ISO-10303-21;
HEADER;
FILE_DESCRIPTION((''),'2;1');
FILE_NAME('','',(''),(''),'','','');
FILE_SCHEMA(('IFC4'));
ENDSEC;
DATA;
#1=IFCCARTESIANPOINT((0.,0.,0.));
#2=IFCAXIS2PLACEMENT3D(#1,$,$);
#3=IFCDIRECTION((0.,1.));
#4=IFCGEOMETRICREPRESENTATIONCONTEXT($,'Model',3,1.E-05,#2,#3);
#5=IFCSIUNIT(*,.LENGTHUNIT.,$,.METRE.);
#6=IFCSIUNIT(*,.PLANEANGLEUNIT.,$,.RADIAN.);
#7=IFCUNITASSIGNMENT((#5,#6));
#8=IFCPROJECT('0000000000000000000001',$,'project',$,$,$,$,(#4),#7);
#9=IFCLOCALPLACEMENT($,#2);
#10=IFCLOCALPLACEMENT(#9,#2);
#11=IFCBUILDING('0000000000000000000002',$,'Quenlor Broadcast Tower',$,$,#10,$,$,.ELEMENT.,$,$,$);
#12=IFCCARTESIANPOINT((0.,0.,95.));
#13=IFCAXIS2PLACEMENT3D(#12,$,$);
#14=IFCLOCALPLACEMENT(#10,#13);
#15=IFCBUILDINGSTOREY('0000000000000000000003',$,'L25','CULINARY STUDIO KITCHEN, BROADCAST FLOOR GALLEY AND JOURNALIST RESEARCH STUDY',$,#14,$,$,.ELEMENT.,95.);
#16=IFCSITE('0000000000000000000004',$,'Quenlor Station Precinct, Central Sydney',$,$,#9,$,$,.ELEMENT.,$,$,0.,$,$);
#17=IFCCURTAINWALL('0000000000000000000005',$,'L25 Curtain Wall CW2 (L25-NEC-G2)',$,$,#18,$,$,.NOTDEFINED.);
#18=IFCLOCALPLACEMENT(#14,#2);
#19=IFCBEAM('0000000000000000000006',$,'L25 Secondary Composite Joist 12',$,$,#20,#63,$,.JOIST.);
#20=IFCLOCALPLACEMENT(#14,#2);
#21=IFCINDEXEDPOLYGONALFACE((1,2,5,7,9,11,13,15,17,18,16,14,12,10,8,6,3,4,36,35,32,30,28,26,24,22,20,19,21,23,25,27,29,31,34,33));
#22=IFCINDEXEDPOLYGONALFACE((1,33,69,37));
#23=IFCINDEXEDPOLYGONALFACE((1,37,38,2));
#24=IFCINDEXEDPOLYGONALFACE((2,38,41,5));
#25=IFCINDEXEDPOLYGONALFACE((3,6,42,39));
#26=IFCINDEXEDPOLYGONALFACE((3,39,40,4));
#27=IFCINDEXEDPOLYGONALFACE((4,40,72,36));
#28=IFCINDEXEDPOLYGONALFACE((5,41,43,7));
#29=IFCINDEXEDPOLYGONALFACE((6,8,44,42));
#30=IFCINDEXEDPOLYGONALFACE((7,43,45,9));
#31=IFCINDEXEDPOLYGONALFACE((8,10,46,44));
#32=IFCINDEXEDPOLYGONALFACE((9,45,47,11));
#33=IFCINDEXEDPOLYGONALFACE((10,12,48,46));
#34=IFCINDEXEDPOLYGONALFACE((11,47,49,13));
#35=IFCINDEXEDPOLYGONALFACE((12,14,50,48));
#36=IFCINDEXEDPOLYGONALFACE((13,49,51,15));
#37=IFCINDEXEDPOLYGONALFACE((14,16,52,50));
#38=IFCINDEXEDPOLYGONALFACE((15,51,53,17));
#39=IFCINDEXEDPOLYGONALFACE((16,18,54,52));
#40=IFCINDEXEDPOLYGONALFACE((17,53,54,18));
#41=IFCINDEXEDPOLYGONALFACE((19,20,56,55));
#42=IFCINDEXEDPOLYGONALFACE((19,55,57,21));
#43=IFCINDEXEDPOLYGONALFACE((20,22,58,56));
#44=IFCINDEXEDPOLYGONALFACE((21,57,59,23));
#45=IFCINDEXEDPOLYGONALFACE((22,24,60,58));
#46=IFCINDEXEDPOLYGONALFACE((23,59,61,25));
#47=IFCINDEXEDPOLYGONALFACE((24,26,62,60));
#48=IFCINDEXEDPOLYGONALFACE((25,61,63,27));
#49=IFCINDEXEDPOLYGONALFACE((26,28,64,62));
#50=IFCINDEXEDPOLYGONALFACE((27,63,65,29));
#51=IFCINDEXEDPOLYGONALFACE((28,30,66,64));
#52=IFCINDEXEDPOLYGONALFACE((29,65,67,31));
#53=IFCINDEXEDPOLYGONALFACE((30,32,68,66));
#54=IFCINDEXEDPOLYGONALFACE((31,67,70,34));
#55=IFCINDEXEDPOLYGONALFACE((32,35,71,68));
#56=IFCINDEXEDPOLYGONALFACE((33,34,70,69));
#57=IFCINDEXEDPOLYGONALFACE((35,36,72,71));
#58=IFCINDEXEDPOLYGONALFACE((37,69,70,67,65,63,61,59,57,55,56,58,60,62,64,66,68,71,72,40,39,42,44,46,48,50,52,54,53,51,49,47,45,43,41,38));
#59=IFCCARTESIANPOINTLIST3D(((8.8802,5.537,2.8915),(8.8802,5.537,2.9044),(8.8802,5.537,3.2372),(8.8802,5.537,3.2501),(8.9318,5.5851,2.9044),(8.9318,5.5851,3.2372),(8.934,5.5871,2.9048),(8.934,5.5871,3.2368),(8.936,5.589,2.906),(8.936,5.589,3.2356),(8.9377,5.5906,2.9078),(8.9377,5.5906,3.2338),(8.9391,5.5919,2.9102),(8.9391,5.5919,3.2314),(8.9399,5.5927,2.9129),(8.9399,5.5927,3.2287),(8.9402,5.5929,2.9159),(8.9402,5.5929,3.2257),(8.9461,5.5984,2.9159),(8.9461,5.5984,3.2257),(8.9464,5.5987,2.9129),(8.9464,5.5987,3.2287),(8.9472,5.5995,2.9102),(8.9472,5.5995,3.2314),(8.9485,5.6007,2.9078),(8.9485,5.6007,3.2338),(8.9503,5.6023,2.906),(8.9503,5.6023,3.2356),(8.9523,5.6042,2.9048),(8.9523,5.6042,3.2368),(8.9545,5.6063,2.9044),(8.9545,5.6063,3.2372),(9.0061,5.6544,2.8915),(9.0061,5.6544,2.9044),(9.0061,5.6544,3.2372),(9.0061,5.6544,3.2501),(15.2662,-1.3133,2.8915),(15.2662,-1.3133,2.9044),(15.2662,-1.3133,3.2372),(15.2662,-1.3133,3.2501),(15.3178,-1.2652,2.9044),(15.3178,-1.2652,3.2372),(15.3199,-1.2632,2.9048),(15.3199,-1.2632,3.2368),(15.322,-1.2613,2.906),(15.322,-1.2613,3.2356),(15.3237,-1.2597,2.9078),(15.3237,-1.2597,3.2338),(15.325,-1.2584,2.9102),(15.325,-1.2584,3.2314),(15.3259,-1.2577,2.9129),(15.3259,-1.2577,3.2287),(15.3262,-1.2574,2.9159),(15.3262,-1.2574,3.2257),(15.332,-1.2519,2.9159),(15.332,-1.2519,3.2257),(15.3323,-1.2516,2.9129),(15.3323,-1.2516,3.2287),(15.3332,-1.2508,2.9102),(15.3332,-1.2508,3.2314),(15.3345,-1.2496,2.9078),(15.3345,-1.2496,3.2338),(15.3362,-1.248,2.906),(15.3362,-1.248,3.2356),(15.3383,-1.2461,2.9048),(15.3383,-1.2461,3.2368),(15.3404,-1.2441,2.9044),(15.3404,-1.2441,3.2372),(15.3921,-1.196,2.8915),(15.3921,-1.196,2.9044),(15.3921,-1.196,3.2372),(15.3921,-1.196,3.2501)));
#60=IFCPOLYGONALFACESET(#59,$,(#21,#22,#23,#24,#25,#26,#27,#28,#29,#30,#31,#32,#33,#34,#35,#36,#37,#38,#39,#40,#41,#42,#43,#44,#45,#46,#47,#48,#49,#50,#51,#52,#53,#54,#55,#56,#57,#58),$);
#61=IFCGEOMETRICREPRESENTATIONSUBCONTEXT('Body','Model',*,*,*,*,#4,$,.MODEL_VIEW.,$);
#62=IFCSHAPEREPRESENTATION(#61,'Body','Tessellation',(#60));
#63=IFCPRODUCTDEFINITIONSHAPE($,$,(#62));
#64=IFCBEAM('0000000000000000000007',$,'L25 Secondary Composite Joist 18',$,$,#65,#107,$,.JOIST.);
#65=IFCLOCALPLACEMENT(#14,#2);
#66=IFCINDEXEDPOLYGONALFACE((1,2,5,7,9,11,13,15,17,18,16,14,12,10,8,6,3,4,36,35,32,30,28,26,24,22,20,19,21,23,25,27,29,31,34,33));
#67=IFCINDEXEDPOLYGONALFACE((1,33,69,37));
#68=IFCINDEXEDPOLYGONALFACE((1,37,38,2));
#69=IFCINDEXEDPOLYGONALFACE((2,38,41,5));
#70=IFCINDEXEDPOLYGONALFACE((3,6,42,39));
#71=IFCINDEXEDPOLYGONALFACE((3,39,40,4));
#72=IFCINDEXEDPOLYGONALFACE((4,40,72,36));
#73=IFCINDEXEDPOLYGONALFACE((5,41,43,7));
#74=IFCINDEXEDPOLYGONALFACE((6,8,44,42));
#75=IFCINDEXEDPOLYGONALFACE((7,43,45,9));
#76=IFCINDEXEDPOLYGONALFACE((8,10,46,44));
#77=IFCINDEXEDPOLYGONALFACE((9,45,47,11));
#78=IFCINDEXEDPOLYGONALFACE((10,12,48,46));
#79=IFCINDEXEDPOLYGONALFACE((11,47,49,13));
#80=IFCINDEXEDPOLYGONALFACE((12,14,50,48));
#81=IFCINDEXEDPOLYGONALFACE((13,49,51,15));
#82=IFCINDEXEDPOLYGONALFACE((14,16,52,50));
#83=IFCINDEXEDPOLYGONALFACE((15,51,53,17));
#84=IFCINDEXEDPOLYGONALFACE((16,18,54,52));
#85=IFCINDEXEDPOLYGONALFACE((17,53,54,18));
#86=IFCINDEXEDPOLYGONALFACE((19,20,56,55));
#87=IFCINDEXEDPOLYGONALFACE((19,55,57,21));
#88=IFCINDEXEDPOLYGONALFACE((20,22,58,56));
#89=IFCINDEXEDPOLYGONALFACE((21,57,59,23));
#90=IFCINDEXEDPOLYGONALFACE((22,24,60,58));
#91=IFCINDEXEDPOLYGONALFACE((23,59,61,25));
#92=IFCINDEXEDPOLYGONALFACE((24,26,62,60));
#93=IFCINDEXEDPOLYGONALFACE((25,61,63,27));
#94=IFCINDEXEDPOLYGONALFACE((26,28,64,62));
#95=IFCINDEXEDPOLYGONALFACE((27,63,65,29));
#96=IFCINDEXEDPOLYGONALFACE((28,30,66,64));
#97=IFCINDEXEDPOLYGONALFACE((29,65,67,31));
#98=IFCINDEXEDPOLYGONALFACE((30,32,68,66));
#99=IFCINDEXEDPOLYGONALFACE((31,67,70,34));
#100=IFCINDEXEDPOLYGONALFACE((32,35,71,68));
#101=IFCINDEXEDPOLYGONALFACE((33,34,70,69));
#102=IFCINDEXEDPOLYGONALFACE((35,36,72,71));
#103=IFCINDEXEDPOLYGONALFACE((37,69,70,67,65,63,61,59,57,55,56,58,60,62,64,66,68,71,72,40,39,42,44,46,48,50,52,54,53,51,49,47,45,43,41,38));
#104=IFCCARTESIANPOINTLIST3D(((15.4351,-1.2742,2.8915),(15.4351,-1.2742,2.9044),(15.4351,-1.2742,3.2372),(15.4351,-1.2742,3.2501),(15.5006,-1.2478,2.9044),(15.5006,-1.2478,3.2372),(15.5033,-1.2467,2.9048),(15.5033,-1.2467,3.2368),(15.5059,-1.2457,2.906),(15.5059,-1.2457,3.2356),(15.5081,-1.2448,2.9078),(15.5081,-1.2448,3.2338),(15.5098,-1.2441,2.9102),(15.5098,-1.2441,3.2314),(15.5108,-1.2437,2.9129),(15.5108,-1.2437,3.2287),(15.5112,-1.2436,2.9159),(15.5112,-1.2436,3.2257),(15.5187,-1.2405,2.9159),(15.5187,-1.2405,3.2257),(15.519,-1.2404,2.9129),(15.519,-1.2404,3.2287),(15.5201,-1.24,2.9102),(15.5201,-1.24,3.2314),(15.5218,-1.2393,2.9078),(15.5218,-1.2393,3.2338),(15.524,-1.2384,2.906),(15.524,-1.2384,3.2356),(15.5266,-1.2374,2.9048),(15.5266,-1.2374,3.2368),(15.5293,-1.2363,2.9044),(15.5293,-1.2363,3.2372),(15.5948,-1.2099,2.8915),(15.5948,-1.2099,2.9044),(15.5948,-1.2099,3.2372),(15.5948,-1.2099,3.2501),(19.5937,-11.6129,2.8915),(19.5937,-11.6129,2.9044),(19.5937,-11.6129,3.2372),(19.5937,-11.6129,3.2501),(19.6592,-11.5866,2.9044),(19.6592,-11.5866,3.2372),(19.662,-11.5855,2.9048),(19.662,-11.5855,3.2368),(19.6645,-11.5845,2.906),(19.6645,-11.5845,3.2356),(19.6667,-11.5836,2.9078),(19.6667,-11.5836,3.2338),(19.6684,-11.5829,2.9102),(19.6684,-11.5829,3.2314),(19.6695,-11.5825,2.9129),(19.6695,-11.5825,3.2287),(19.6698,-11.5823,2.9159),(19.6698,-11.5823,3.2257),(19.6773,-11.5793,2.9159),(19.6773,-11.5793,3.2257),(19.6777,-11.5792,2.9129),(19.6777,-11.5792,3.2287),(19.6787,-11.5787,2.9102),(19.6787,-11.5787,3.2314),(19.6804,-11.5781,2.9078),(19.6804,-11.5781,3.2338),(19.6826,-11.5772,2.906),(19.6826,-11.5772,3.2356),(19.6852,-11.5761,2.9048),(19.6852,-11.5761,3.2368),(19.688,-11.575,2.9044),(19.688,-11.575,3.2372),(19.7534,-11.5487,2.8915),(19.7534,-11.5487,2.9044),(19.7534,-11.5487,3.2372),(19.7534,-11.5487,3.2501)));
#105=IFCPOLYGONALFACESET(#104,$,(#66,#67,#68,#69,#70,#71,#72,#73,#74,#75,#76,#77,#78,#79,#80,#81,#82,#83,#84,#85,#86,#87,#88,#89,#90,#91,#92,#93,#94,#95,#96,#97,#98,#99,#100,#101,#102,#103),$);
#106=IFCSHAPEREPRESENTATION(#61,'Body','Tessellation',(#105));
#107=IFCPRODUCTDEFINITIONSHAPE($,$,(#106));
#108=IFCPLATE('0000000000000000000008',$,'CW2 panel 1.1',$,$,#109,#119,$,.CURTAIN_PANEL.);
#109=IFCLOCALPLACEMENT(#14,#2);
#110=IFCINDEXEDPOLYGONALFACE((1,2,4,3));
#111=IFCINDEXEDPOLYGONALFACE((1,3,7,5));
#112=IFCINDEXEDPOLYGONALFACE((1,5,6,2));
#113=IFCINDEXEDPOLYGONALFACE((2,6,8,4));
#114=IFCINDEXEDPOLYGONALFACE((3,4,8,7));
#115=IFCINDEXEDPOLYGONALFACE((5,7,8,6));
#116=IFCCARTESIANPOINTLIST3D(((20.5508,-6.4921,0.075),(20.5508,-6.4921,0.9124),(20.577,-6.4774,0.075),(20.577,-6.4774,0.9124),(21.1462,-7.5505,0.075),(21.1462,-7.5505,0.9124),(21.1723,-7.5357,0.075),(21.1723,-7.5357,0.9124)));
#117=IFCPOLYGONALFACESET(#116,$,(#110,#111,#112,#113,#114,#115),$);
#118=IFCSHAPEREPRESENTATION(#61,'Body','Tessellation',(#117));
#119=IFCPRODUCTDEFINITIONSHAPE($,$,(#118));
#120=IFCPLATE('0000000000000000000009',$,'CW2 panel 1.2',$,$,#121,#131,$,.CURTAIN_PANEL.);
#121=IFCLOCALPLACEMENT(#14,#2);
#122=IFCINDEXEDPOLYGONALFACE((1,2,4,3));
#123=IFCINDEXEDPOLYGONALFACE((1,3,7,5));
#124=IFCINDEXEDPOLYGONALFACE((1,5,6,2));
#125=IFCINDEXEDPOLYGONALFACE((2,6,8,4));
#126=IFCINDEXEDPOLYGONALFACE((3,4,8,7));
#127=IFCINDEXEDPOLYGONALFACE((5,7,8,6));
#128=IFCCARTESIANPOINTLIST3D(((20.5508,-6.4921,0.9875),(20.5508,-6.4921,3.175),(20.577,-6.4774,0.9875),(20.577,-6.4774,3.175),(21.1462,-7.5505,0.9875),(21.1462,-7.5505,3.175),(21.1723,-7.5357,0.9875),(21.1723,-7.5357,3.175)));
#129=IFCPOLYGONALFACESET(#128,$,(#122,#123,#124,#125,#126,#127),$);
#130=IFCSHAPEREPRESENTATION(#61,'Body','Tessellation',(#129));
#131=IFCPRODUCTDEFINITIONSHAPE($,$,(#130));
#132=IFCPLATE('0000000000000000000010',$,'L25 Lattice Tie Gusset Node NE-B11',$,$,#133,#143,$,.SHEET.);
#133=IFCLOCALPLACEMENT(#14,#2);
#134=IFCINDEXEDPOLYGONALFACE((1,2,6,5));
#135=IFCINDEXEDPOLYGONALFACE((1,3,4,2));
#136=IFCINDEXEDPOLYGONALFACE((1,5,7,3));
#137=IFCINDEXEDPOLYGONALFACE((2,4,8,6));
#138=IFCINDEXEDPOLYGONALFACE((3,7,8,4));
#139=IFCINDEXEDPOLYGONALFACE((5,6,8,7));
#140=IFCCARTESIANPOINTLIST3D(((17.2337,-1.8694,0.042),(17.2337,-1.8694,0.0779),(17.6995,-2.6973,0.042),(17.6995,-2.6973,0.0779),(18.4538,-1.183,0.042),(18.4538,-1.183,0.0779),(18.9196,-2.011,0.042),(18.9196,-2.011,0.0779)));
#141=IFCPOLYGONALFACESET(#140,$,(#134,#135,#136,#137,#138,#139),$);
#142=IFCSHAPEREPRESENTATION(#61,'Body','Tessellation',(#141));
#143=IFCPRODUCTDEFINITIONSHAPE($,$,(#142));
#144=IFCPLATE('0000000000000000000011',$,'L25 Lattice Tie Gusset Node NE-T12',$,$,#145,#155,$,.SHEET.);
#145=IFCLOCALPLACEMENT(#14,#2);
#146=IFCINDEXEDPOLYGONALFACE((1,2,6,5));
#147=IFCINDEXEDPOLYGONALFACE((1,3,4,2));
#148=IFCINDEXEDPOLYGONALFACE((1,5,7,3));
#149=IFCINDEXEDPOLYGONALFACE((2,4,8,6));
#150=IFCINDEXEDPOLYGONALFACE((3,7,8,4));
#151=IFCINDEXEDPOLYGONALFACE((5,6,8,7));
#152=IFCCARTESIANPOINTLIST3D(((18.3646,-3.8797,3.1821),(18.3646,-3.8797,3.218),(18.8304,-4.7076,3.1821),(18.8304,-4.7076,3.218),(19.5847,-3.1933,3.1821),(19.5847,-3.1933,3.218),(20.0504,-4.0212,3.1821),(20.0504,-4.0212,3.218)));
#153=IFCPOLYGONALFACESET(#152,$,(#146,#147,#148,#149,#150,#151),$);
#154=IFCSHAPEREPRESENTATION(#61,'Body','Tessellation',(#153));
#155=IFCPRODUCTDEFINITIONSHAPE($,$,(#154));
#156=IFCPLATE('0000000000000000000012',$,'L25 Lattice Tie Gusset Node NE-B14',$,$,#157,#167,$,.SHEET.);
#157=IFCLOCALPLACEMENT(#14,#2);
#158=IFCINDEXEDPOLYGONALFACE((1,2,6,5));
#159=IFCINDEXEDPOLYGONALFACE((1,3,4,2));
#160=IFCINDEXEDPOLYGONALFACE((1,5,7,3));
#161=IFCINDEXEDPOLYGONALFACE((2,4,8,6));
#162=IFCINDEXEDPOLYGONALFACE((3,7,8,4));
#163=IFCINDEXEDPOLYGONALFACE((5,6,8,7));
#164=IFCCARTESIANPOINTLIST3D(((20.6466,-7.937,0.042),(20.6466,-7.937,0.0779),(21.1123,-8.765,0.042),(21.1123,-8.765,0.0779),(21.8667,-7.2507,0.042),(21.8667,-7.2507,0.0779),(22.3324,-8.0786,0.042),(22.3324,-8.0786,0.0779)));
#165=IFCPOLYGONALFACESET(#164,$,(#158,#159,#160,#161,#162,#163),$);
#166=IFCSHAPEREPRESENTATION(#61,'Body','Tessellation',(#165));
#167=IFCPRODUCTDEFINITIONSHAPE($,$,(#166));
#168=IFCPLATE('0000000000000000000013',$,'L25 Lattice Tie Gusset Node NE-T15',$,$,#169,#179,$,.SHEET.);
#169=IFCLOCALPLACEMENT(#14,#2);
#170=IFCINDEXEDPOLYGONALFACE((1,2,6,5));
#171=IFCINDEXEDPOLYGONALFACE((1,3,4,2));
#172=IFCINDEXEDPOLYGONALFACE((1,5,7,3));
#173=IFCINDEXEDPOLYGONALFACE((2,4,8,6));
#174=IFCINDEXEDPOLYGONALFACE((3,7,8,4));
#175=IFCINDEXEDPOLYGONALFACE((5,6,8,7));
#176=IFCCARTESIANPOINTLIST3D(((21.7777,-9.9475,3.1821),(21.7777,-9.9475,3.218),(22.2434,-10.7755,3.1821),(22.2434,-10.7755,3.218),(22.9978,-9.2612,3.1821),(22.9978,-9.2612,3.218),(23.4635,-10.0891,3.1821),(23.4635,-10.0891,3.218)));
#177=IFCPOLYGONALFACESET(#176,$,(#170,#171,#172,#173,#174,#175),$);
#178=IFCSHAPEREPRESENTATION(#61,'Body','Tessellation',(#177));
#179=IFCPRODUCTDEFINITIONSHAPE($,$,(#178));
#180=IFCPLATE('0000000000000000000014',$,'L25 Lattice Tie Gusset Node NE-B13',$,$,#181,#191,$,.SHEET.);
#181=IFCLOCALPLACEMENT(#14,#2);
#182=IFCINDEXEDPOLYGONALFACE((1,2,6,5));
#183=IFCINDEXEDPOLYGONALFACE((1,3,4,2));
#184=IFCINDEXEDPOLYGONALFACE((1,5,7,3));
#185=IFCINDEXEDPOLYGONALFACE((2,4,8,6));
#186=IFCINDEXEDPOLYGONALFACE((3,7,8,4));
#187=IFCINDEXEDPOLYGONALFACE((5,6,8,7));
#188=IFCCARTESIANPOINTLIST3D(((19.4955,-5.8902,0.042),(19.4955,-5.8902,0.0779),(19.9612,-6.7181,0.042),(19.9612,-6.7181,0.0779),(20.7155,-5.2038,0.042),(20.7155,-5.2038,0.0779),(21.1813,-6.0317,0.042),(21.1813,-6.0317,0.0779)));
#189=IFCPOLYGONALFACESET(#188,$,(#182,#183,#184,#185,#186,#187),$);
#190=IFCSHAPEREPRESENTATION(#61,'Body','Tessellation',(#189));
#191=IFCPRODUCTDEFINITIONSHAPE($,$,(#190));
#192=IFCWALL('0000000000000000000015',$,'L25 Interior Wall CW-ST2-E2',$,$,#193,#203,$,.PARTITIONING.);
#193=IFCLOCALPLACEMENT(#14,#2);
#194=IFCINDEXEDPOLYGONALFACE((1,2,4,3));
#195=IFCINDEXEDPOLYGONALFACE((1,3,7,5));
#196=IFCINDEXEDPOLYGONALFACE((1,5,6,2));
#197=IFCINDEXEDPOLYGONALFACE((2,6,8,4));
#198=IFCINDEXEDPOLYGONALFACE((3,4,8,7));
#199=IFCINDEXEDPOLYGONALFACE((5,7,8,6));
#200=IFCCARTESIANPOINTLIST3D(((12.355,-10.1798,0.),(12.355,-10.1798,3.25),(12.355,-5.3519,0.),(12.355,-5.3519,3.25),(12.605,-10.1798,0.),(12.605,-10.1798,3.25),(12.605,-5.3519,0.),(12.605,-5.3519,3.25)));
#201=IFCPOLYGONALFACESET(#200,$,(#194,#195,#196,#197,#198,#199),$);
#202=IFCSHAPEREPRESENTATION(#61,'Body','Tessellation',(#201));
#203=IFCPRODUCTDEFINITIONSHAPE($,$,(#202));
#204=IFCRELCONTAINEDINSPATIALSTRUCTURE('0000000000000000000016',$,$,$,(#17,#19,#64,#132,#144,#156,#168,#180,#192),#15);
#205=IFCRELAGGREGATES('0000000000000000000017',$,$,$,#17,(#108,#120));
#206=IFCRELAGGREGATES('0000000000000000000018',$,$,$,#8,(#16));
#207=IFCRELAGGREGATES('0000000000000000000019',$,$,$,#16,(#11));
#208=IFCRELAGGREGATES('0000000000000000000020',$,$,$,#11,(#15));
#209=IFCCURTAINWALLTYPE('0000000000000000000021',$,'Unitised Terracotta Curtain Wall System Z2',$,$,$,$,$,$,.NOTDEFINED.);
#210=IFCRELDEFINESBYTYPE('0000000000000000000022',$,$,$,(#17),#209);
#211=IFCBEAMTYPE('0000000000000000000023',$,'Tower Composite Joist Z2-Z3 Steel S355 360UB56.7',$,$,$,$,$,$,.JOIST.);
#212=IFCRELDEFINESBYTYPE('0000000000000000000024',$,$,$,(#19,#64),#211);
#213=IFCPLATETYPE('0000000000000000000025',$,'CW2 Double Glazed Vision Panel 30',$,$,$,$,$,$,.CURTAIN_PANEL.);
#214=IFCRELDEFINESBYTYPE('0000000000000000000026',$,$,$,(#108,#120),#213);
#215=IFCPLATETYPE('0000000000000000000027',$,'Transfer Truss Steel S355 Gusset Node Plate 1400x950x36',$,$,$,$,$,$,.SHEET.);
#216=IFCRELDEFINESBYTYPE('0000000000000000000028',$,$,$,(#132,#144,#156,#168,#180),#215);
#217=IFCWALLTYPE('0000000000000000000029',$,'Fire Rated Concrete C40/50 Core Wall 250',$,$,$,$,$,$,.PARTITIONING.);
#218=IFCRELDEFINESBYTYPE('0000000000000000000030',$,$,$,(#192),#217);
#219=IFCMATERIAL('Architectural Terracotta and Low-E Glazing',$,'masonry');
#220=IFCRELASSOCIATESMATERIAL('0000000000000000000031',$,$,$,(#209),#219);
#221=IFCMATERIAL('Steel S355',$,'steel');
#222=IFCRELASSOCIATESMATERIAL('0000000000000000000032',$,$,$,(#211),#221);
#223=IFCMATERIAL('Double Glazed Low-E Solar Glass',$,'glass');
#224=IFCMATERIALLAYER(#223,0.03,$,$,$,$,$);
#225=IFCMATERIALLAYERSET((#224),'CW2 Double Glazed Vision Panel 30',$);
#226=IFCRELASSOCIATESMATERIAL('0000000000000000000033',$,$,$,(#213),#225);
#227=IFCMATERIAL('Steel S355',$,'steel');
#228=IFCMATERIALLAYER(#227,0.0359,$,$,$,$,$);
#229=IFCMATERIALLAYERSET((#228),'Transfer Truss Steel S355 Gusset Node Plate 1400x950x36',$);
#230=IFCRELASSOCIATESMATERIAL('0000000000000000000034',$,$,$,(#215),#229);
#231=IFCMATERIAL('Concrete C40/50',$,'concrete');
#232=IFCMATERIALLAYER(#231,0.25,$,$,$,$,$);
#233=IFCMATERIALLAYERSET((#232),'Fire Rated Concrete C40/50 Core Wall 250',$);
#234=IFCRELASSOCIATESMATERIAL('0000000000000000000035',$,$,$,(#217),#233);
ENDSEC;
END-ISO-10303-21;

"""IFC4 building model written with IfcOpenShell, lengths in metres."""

from ifc_helpers import new_model, si_unit, direction, frame, frame_2d, origin, origin_2d, place, context, subcontext, project, spatial, rectangle, i_section, extrude, material, layer, layer_set, material_profile, profile_set, type_object, element, aggregate, save


model = new_model("IFC4")

# Units and contexts
model_context = context("Model", 3, precision=1e-05, world=origin(), true_north=direction((0.0, 1.0)))
body_context = subcontext(model_context, "Body", "Model", "MODEL_VIEW")
ifc_project = project(units=[si_unit("LENGTHUNIT", "METRE"), si_unit("PLANEANGLEUNIT", "RADIAN")], contexts=[model_context])

# Site, building, storey
site_placement = place(None, origin())
site = spatial("IfcSite", under=ifc_project, at=site_placement, Name="Quenlor Station Precinct, Central Sydney", CompositionType="ELEMENT", RefElevation=0.0)
building_placement = place(site_placement, origin())
building = spatial("IfcBuilding", under=site, at=building_placement, Name="Quenlor Broadcast Tower", CompositionType="ELEMENT")
storey_placement = place(building_placement, frame((0.0, 0.0, 95.0)))
storey = spatial("IfcBuildingStorey", under=building, at=storey_placement, Name="L25", Description="CULINARY STUDIO KITCHEN, BROADCAST FLOOR GALLEY AND JOURNALIST RESEARCH STUDY", CompositionType="ELEMENT", Elevation=95.0)

# Shared definitions
ifc_material_1 = material(Name="Architectural Terracotta and Low-E Glazing", Category="masonry")
curtain_wall_type = type_object("IfcCurtainWallType", Name="Unitised Terracotta Curtain Wall System Z2", PredefinedType="NOTDEFINED", material=ifc_material_1)

# Curtain wall
curtain_wall_1_placement = place(storey_placement, origin())
curtain_wall_1 = element("IfcCurtainWall", 1, at=curtain_wall_1_placement, inside=storey, type_object=curtain_wall_type, Name="L25 Curtain Wall CW2 (L25-NEC-G2)", PredefinedType="NOTDEFINED")

# Beams
ifc_material_2 = material(Name="Steel S355", Category="steel")
ifc_material_profile_1 = material_profile(ifc_material_2, i_section(OverallWidth=0.1721, OverallDepth=0.3586, WebThickness=0.0081, FlangeThickness=0.0129, FilletRadius=0.0115, at=origin_2d()))
ifc_profile_set_1 = profile_set([ifc_material_profile_1], Name="Steel S355 360UB56.7")
beam_type_1 = type_object("IfcBeamType", Name="Tower Composite Joist Z2-Z3 Steel S355 360UB56.7", PredefinedType="JOIST", material=ifc_profile_set_1)
beam_1_placement = place(storey_placement, frame((15.3291, -1.2546, 3.0708), z_axis=(-0.681881, 0.731463, 0.0), x_axis=(-0.731463, -0.681881, 0.0)))
element("IfcBeam", 2, at=beam_1_placement, inside=storey, type_object=beam_type_1, Name="L25 Secondary Composite Joist 12", PredefinedType="JOIST", context=body_context, shape_type="SweptSolid", body=[
    extrude(i_section(OverallWidth=0.1721, OverallDepth=0.3586, WebThickness=0.0081, FlangeThickness=0.0129, FilletRadius=0.0115, at=origin_2d()), origin(), (0.0, 0.0, 1.0), 9.3652),
])
beam_2_placement = place(storey_placement, frame((19.6736, -11.5808, 3.0708), z_axis=(-0.37318, 0.927759, 0.0), x_axis=(-0.927759, -0.37318, 0.0)))
element("IfcBeam", 3, at=beam_2_placement, inside=storey, type_object=beam_type_1, Name="L25 Secondary Composite Joist 18", PredefinedType="JOIST", context=body_context, shape_type="SweptSolid", body=[
    extrude(i_section(OverallWidth=0.1721, OverallDepth=0.3586, WebThickness=0.0081, FlangeThickness=0.0129, FilletRadius=0.0115, at=origin_2d()), origin(), (0.0, 0.0, 1.0), 11.1438),
])

# Plates
ifc_material_3 = material(Name="Double Glazed Low-E Solar Glass", Category="glass")
ifc_layer_1 = layer(ifc_material_3, 0.03)
ifc_layer_set_1 = layer_set([ifc_layer_1], Name="CW2 Double Glazed Vision Panel 30")
plate_type_1 = type_object("IfcPlateType", Name="CW2 Double Glazed Vision Panel 30", PredefinedType="CURTAIN_PANEL", material=ifc_layer_set_1)
plate_1_placement = place(storey_placement, frame((20.8616, -7.0139, 0.075), z_axis=(0.0, 0.0, 1.0), x_axis=(0.490279, -0.871566, 0.0)))
plate_1 = element("IfcPlate", 4, at=plate_1_placement, type_object=plate_type_1, Name="CW2 panel 1.1", PredefinedType="CURTAIN_PANEL", context=body_context, shape_type="SweptSolid", body=[
    extrude(rectangle(XDim=1.2144, YDim=0.03, at=origin_2d()), origin(), (0.0, 0.0, 1.0), 0.8374),
])
plate_2_placement = place(storey_placement, frame((20.8616, -7.0139, 0.9875), z_axis=(0.0, 0.0, 1.0), x_axis=(0.490279, -0.871566, 0.0)))
plate_2 = element("IfcPlate", 5, at=plate_2_placement, type_object=plate_type_1, Name="CW2 panel 1.2", PredefinedType="CURTAIN_PANEL", context=body_context, shape_type="SweptSolid", body=[
    extrude(rectangle(XDim=1.2144, YDim=0.03, at=origin_2d()), origin(), (0.0, 0.0, 1.0), 2.1875),
])
aggregate(curtain_wall_1, [plate_1, plate_2])

# Plates
ifc_material_4 = material(Name="Steel S355", Category="steel")
ifc_layer_2 = layer(ifc_material_4, 0.0359)
ifc_layer_set_2 = layer_set([ifc_layer_2], Name="Transfer Truss Steel S355 Gusset Node Plate 1400x950x36")
plate_type_2 = type_object("IfcPlateType", Name="Transfer Truss Steel S355 Gusset Node Plate 1400x950x36", PredefinedType="SHEET", material=ifc_layer_set_2)
for number, where, z_axis, x_axis, name in (
    (6, (18.0767, -1.9402, 0.042), (0.0, 0.0, 1.0), (0.871556, 0.490295, 0.0), "L25 Lattice Tie Gusset Node NE-B11"),
    (7, (19.2075, -3.9504, 3.1821), (0.0, 0.0, 1.0), (0.871556, 0.490295, 0.0), "L25 Lattice Tie Gusset Node NE-T12"),
    (8, (21.4895, -8.0078, 0.042), (0.0, 0.0, 1.0), (0.871556, 0.490295, 0.0), "L25 Lattice Tie Gusset Node NE-B14"),
    (9, (22.6206, -10.0183, 3.1821), (0.0, 0.0, 1.0), (0.871556, 0.490295, 0.0), "L25 Lattice Tie Gusset Node NE-T15"),
    (10, (20.3384, -5.9609, 0.042), (0.0, 0.0, 1.0), (0.871556, 0.490295, 0.0), "L25 Lattice Tie Gusset Node NE-B13"),
):
    element("IfcPlate", number, at=place(storey_placement, frame(where, z_axis=z_axis, x_axis=x_axis)), inside=storey, type_object=plate_type_2, Name=name, PredefinedType="SHEET", context=body_context, shape_type="SweptSolid", body=[
        extrude(rectangle(XDim=1.3999, YDim=0.95, at=origin_2d()), origin(), (0.0, 0.0, 1.0), 0.0359),
    ])

# Wall
ifc_material_5 = material(Name="Concrete C40/50", Category="concrete")
ifc_layer_3 = layer(ifc_material_5, 0.25)
ifc_layer_set_3 = layer_set([ifc_layer_3], Name="Fire Rated Concrete C40/50 Core Wall 250")
wall_type_1 = type_object("IfcWallType", Name="Fire Rated Concrete C40/50 Core Wall 250", PredefinedType="PARTITIONING", material=ifc_layer_set_3)
wall_1_placement = place(storey_placement, frame((12.48, -10.1799, 0.0), z_axis=(0.0, 0.0, 1.0), x_axis=(0.0, 1.0, 0.0)))
element("IfcWall", 11, at=wall_1_placement, inside=storey, type_object=wall_type_1, Name="L25 Interior Wall CW-ST2-E2", PredefinedType="PARTITIONING", context=body_context, shape_type="SweptSolid", body=[
    extrude(rectangle(XDim=4.8279, YDim=0.25, at=frame_2d((2.4141, 0.0))), origin(), (0.0, 0.0, 1.0), 3.25),
])

save(model, "model.ifc")
